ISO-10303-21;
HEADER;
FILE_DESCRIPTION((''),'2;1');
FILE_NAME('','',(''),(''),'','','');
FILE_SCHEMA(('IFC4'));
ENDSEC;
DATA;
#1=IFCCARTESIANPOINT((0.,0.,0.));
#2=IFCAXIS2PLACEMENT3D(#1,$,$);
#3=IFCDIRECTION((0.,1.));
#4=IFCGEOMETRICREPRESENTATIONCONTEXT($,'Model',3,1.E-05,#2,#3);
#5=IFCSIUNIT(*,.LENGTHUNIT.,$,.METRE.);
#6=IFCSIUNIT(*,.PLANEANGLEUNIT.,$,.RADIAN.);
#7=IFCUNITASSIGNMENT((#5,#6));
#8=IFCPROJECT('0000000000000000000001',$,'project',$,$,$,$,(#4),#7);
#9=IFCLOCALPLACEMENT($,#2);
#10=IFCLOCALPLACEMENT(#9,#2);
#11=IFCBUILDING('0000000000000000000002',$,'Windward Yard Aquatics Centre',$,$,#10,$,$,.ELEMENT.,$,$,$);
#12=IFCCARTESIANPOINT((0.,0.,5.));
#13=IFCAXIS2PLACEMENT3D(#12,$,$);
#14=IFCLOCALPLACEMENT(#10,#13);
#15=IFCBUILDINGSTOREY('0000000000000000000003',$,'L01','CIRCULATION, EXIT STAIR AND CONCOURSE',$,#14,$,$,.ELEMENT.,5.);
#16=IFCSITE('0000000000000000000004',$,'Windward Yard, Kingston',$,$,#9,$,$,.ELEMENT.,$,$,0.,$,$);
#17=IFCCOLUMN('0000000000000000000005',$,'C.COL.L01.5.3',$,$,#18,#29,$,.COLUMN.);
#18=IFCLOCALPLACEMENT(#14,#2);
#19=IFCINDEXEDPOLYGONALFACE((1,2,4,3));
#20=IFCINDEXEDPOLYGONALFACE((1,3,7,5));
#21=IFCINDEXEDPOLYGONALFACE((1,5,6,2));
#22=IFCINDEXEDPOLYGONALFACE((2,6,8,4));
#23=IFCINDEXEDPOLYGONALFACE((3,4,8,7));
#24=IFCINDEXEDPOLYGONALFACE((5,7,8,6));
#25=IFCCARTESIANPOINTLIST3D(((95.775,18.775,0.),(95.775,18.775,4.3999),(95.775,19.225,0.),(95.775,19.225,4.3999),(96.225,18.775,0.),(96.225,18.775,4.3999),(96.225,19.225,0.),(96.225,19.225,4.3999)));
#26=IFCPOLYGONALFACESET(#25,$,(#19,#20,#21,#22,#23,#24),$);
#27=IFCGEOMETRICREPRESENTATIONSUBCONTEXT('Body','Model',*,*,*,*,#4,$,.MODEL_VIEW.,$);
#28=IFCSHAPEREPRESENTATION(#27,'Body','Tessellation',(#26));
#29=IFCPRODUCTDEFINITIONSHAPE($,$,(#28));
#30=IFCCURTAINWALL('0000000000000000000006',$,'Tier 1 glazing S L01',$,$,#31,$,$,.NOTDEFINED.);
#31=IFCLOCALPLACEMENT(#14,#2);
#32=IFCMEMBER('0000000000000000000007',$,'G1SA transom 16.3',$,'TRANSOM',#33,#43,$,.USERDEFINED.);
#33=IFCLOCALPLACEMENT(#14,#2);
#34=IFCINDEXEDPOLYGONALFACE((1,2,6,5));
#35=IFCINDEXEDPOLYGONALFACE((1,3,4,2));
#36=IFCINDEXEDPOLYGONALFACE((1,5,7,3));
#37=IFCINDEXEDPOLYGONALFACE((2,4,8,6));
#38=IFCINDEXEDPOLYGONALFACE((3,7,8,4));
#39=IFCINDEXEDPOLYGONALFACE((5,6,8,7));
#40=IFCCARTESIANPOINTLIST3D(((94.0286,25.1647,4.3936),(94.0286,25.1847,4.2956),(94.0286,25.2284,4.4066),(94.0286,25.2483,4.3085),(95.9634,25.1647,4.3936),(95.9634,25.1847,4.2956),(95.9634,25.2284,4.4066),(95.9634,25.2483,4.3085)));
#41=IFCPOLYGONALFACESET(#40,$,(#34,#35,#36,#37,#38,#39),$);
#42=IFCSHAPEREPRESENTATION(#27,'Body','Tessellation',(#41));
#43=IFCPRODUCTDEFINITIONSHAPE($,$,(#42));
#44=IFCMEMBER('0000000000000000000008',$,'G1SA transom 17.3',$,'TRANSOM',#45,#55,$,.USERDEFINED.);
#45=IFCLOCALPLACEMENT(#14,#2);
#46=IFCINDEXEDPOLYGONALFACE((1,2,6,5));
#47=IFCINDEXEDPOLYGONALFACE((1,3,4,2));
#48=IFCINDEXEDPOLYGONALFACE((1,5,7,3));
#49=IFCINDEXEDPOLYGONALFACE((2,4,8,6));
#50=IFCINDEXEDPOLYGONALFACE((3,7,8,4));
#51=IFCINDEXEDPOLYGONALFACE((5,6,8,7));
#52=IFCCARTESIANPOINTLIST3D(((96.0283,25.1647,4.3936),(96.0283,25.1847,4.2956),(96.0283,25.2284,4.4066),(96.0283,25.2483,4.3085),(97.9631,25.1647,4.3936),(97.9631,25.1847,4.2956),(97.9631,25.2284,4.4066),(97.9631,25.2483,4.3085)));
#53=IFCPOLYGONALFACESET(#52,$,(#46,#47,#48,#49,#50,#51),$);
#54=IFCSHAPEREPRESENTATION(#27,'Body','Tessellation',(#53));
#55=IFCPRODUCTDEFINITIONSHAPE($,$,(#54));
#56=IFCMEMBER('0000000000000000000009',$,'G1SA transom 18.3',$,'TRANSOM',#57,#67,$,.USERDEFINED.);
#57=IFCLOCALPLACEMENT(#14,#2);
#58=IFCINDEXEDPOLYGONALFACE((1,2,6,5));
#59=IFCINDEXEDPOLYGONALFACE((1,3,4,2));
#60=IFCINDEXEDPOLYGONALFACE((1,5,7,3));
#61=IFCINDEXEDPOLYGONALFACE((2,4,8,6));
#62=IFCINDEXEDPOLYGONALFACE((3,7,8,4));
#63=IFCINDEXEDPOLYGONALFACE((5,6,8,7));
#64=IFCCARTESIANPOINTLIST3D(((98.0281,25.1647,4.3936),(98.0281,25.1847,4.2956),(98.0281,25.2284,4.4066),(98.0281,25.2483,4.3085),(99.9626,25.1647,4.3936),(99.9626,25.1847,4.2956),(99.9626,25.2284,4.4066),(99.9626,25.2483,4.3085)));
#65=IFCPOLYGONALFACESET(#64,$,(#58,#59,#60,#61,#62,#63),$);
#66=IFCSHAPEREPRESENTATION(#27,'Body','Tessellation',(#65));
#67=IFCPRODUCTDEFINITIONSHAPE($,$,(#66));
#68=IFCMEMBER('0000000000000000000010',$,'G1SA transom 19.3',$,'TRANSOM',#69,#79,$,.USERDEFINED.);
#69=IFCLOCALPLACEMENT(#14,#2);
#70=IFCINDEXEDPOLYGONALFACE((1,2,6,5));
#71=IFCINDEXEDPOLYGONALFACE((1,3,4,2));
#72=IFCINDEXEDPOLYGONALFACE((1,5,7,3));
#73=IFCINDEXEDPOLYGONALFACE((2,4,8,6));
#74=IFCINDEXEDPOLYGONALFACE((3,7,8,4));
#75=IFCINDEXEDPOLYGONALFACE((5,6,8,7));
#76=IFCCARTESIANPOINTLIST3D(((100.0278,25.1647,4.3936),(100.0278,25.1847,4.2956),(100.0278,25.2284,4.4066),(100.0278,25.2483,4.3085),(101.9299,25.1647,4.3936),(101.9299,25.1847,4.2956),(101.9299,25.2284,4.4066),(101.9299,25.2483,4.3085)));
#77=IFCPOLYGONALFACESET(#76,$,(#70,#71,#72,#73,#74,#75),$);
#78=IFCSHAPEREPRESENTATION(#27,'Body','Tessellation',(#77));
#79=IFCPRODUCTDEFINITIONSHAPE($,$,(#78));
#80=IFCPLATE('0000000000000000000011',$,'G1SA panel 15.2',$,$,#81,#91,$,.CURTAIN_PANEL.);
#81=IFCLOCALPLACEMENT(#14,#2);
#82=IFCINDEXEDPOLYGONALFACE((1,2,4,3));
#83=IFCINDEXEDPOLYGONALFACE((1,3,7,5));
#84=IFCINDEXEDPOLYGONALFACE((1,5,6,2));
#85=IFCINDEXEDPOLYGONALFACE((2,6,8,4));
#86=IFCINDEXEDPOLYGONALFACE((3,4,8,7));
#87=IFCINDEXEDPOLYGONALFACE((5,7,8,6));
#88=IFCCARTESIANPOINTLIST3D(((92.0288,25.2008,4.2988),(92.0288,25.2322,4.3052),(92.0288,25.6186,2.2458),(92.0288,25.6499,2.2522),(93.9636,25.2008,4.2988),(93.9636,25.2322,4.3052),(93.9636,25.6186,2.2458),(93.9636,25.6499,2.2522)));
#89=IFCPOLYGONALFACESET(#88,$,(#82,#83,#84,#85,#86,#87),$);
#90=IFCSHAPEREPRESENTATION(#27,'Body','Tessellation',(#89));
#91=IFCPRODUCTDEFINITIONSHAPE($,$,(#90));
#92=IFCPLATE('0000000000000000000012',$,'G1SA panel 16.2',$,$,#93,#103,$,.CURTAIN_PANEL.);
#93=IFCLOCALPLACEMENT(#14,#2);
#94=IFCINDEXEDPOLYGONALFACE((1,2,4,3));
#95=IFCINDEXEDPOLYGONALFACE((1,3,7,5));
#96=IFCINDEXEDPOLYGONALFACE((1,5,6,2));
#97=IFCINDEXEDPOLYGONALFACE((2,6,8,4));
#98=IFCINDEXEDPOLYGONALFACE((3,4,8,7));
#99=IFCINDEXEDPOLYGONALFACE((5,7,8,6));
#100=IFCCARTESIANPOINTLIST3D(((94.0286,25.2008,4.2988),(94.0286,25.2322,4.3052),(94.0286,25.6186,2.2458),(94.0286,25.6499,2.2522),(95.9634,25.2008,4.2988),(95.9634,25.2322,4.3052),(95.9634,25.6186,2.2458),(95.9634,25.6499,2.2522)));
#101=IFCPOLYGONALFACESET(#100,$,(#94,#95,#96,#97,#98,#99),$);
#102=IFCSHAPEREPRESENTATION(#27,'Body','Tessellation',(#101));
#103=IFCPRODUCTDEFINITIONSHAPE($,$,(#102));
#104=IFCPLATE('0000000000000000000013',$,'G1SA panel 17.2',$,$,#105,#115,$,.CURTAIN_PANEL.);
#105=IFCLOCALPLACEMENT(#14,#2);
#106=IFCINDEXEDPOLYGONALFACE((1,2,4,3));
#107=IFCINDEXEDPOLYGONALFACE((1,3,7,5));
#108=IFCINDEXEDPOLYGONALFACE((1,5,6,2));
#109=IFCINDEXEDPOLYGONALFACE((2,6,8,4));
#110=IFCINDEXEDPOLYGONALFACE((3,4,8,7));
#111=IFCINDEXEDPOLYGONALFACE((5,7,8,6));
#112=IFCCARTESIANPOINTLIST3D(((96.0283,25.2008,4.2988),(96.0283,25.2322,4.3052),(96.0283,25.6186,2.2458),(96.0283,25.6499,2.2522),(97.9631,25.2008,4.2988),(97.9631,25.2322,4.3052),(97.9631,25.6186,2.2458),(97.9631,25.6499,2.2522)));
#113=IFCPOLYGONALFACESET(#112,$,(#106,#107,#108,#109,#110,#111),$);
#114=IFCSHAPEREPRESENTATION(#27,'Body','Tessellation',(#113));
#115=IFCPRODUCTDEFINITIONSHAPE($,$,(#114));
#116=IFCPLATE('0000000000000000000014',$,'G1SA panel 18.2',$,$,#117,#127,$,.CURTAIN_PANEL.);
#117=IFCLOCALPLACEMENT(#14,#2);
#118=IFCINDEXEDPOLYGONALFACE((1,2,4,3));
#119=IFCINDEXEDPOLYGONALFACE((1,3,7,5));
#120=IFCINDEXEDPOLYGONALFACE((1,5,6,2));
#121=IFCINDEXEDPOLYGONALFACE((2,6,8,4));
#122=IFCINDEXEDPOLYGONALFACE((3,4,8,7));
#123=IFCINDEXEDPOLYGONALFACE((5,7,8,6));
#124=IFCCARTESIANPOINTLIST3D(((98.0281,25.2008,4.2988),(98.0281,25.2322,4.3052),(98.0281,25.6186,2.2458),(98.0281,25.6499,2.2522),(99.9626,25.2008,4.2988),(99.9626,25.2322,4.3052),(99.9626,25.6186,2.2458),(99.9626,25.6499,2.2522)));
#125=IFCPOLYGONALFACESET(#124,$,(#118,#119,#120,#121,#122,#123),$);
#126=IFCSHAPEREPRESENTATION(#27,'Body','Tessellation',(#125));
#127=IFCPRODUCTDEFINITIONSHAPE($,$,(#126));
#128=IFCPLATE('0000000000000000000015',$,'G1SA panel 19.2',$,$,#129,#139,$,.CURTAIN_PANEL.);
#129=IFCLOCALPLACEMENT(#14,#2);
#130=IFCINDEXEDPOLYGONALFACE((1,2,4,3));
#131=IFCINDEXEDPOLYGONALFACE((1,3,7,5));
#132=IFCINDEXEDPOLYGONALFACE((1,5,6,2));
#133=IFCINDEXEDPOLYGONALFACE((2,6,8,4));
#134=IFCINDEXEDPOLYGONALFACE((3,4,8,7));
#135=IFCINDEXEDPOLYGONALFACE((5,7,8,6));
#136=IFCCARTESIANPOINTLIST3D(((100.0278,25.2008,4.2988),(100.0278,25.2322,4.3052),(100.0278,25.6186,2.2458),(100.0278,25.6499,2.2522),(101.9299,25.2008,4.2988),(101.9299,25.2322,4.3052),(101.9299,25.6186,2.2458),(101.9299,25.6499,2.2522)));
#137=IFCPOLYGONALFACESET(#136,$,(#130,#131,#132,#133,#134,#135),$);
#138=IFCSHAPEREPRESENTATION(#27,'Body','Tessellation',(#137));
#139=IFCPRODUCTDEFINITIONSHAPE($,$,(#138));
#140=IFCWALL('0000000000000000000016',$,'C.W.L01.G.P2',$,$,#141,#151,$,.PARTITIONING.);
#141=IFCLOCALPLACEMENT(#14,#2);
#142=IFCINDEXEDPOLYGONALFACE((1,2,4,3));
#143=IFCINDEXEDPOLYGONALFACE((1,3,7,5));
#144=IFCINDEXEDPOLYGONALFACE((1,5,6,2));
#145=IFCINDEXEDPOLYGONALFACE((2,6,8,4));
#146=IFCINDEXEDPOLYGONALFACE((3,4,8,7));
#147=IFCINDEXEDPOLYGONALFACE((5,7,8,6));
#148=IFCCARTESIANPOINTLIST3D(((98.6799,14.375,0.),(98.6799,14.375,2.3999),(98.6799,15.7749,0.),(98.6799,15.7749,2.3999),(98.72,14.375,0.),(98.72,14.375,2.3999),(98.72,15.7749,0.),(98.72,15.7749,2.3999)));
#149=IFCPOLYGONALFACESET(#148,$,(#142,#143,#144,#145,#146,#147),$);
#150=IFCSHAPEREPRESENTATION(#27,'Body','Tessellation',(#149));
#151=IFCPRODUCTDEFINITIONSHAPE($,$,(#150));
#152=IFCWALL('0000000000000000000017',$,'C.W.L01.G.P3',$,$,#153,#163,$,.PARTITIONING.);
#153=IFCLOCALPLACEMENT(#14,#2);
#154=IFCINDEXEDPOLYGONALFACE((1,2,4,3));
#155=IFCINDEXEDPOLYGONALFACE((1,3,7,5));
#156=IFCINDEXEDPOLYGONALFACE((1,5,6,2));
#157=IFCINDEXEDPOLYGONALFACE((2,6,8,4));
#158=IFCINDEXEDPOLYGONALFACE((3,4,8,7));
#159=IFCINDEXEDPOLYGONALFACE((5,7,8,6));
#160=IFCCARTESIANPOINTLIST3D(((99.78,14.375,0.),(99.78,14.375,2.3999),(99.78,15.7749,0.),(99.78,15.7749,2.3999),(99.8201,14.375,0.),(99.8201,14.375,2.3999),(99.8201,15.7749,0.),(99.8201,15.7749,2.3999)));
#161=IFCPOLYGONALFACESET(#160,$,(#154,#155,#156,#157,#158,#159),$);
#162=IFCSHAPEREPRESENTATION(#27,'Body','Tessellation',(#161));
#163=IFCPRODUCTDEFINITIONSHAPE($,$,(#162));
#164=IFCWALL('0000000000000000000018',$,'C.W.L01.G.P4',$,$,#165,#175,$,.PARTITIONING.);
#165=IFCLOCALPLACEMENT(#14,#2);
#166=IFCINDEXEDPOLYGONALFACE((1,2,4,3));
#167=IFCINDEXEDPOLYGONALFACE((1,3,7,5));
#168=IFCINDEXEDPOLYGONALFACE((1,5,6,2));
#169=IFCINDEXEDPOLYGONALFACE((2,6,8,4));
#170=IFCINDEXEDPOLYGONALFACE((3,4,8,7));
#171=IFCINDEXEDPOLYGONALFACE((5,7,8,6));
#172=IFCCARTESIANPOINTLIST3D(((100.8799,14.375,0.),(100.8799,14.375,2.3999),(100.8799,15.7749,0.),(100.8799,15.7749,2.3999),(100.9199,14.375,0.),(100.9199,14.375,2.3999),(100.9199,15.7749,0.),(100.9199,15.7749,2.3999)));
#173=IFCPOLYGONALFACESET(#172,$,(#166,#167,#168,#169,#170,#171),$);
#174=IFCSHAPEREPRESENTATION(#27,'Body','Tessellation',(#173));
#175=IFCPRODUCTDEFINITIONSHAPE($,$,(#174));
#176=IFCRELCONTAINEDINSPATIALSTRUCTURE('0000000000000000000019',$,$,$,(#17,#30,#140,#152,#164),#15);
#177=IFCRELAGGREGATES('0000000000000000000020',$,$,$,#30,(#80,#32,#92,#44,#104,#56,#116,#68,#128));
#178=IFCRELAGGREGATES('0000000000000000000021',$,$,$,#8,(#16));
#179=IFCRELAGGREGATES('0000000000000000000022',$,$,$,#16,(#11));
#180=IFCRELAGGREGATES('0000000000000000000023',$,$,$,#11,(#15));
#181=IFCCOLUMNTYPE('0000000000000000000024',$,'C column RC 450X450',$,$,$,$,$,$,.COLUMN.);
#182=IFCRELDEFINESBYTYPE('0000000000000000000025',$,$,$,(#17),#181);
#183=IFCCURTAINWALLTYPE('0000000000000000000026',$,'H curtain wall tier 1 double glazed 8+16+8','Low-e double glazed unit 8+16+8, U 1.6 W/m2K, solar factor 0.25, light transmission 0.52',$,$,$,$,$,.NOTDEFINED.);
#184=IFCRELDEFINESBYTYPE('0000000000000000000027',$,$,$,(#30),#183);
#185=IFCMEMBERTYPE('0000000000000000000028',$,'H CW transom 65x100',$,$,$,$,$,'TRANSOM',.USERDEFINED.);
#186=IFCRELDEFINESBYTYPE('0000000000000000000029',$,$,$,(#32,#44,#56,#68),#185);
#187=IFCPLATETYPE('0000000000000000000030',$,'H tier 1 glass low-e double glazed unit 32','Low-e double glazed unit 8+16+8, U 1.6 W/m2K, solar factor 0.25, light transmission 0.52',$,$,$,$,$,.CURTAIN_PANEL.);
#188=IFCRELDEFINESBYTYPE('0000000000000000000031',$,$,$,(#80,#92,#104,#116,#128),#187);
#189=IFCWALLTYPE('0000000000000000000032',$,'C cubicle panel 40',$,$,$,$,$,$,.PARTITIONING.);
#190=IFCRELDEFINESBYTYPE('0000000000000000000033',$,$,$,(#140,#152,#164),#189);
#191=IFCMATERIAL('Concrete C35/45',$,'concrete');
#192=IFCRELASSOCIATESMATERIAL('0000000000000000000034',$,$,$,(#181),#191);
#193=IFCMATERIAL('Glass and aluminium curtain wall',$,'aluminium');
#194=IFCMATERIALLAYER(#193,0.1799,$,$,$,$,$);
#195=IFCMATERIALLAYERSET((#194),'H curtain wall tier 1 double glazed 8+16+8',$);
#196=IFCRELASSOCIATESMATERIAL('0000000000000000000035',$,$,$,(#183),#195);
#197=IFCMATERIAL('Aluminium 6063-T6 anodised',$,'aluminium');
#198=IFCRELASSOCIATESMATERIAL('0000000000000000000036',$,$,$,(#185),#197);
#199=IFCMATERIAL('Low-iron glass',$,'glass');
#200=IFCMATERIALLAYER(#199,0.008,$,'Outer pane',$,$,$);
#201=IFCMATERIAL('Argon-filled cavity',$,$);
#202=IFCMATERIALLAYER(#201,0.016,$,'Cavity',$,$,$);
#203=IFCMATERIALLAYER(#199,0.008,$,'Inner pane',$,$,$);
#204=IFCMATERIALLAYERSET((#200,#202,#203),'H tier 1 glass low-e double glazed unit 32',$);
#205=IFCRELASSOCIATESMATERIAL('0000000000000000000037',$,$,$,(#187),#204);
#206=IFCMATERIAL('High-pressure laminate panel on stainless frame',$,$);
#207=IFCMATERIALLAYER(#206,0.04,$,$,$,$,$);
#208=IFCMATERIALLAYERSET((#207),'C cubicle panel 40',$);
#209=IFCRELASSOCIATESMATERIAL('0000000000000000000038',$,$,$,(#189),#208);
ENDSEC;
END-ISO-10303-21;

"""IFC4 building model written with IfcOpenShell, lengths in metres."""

from ifc_helpers import new_model, si_unit, direction, frame, frame_2d, origin, origin_2d, place, context, subcontext, project, spatial, polyline, rectangle, outline, extrude, material, layer, layer_set, material_profile, profile_set, type_object, element, aggregate, save


model = new_model("IFC4")

# Units and contexts
model_context = context("Model", 3, precision=1e-05, world=origin(), true_north=direction((0.0, 1.0)))
body_context = subcontext(model_context, "Body", "Model", "MODEL_VIEW")
ifc_project = project(units=[si_unit("LENGTHUNIT", "METRE"), si_unit("PLANEANGLEUNIT", "RADIAN")], contexts=[model_context])

# Site, building, storey
site_placement = place(None, origin())
site = spatial("IfcSite", under=ifc_project, at=site_placement, Name="Windward Yard, Kingston", CompositionType="ELEMENT", RefElevation=0.0)
building_placement = place(site_placement, origin())
building = spatial("IfcBuilding", under=site, at=building_placement, Name="Windward Yard Aquatics Centre", CompositionType="ELEMENT")
storey_placement = place(building_placement, frame((0.0, 0.0, 5.0)))
storey = spatial("IfcBuildingStorey", under=building, at=storey_placement, Name="L01", Description="CIRCULATION, EXIT STAIR AND CONCOURSE", CompositionType="ELEMENT", Elevation=5.0)

# Column
ifc_material_1 = material(Name="Concrete C35/45", Category="concrete")
ifc_material_profile_1 = material_profile(ifc_material_1, rectangle(XDim=0.45, YDim=0.45, at=origin_2d()), Name="RC 450X450")
ifc_profile_set_1 = profile_set([ifc_material_profile_1], Name="Concrete C35/45")
column_type = type_object("IfcColumnType", Name="C column RC 450X450", PredefinedType="COLUMN", material=ifc_profile_set_1)
column_placement = place(storey_placement, frame((96.0, 19.0, 0.0), z_axis=(0.0, 0.0, 1.0), x_axis=(1.0, 0.0, 0.0)))
element("IfcColumn", 1, at=column_placement, inside=storey, type_object=column_type, Name="C.COL.L01.5.3", PredefinedType="COLUMN", context=body_context, shape_type="SweptSolid", body=[
    extrude(rectangle(XDim=0.45, YDim=0.45, at=origin_2d()), origin(), (0.0, 0.0, 1.0), 4.3999),
])

# Curtain wall, members, plates
ifc_material_2 = material(Name="Glass and aluminium curtain wall", Category="aluminium")
ifc_layer_1 = layer(ifc_material_2, 0.1799)
ifc_layer_set_1 = layer_set([ifc_layer_1], Name="H curtain wall tier 1 double glazed 8+16+8")
curtain_wall_type = type_object("IfcCurtainWallType", Name="H curtain wall tier 1 double glazed 8+16+8", Description="Low-e double glazed unit 8+16+8, U 1.6 W/m2K, solar factor 0.25, light transmission 0.52", PredefinedType="NOTDEFINED", material=ifc_layer_set_1)
curtain_wall_placement = place(storey_placement, origin())
curtain_wall = element("IfcCurtainWall", 2, at=curtain_wall_placement, inside=storey, type_object=curtain_wall_type, Name="Tier 1 glazing S L01", PredefinedType="NOTDEFINED")
ifc_material_3 = material(Name="Aluminium 6063-T6 anodised", Category="aluminium")
ifc_material_profile_2 = material_profile(ifc_material_3, rectangle(XDim=0.0649, YDim=0.1001, at=origin_2d()), Name="H CW transom 65x100")
ifc_profile_set_2 = profile_set([ifc_material_profile_2], Name="Aluminium 6063-T6 anodised")
member_type = type_object("IfcMemberType", Name="H CW transom 65x100", ElementType="TRANSOM", PredefinedType="USERDEFINED", material=ifc_profile_set_2)
member_1_placement = place(storey_placement, frame((94.0286, 25.2065, 4.3511), z_axis=(1.0, 0.0, 0.0), x_axis=(0.0, 0.979925, 0.199368)))
member_1 = element("IfcMember", 3, at=member_1_placement, type_object=member_type, Name="G1SA transom 16.3", ObjectType="TRANSOM", PredefinedType="USERDEFINED", context=body_context, shape_type="SweptSolid", body=[
    extrude(rectangle(XDim=0.0649, YDim=0.1001, at=origin_2d()), origin(), (0.0, 0.0, 1.0), 1.9348),
])
member_2_placement = place(storey_placement, frame((96.0283, 25.2065, 4.3511), z_axis=(1.0, 0.0, 0.0), x_axis=(0.0, 0.979925, 0.199368)))
member_2 = element("IfcMember", 4, at=member_2_placement, type_object=member_type, Name="G1SA transom 17.3", ObjectType="TRANSOM", PredefinedType="USERDEFINED", context=body_context, shape_type="SweptSolid", body=[
    extrude(rectangle(XDim=0.0649, YDim=0.1001, at=origin_2d()), origin(), (0.0, 0.0, 1.0), 1.9348),
])
member_3_placement = place(storey_placement, frame((98.0281, 25.2065, 4.3511), z_axis=(1.0, 0.0, 0.0), x_axis=(0.0, 0.979925, 0.199368)))
member_3 = element("IfcMember", 5, at=member_3_placement, type_object=member_type, Name="G1SA transom 18.3", ObjectType="TRANSOM", PredefinedType="USERDEFINED", context=body_context, shape_type="SweptSolid", body=[
    extrude(rectangle(XDim=0.0649, YDim=0.1001, at=origin_2d()), origin(), (0.0, 0.0, 1.0), 1.9346),
])
member_4_placement = place(storey_placement, frame((100.0278, 25.2065, 4.3511), z_axis=(1.0, 0.0, 0.0), x_axis=(0.0, 0.979925, 0.199368)))
member_4 = element("IfcMember", 6, at=member_4_placement, type_object=member_type, Name="G1SA transom 19.3", ObjectType="TRANSOM", PredefinedType="USERDEFINED", context=body_context, shape_type="SweptSolid", body=[
    extrude(rectangle(XDim=0.0649, YDim=0.1001, at=origin_2d()), origin(), (0.0, 0.0, 1.0), 1.9021),
])
ifc_material_4 = material(Name="Low-iron glass", Category="glass")
ifc_layer_2 = layer(ifc_material_4, 0.008, Name="Outer pane")
ifc_material_5 = material(Name="Argon-filled cavity")
ifc_layer_3 = layer(ifc_material_5, 0.016, Name="Cavity")
ifc_layer_4 = layer(ifc_material_4, 0.008, Name="Inner pane")
ifc_layer_set_2 = layer_set([ifc_layer_2, ifc_layer_3, ifc_layer_4], Name="H tier 1 glass low-e double glazed unit 32")
plate_type = type_object("IfcPlateType", Name="H tier 1 glass low-e double glazed unit 32", Description="Low-e double glazed unit 8+16+8, U 1.6 W/m2K, solar factor 0.25, light transmission 0.52", PredefinedType="CURTAIN_PANEL", material=ifc_layer_set_2)
plate_1_placement = place(storey_placement, frame((92.0288, 25.2322, 4.3052), z_axis=(0.0, 0.979921, 0.199387), x_axis=(0.0, 0.199387, -0.979921)))
plate_1 = element("IfcPlate", 7, at=plate_1_placement, type_object=plate_type, Name="G1SA panel 15.2", PredefinedType="CURTAIN_PANEL", context=body_context, shape_type="SweptSolid", body=[
    extrude(outline(polyline([(0.0, 0.0), (2.095, 0.0), (2.095, -1.9348), (0.0, -1.9348), (0.0, 0.0)])), origin(), (0.0, 0.0, -1.0), 0.032),
])
plate_2_placement = place(storey_placement, frame((94.0286, 25.2322, 4.3052), z_axis=(0.0, 0.979921, 0.199387), x_axis=(0.0, 0.199387, -0.979921)))
plate_2 = element("IfcPlate", 8, at=plate_2_placement, type_object=plate_type, Name="G1SA panel 16.2", PredefinedType="CURTAIN_PANEL", context=body_context, shape_type="SweptSolid", body=[
    extrude(outline(polyline([(0.0, 0.0), (2.095, 0.0), (2.095, -1.9348), (0.0, -1.9348), (0.0, 0.0)])), origin(), (0.0, 0.0, -1.0), 0.032),
])
plate_3_placement = place(storey_placement, frame((96.0283, 25.2322, 4.3052), z_axis=(0.0, 0.979921, 0.199387), x_axis=(0.0, 0.199387, -0.979921)))
plate_3 = element("IfcPlate", 9, at=plate_3_placement, type_object=plate_type, Name="G1SA panel 17.2", PredefinedType="CURTAIN_PANEL", context=body_context, shape_type="SweptSolid", body=[
    extrude(outline(polyline([(0.0, 0.0), (2.095, 0.0), (2.095, -1.9348), (0.0, -1.9348), (0.0, 0.0)])), origin(), (0.0, 0.0, -1.0), 0.032),
])
plate_4_placement = place(storey_placement, frame((98.0281, 25.2322, 4.3052), z_axis=(0.0, 0.979921, 0.199387), x_axis=(0.0, 0.199387, -0.979921)))
plate_4 = element("IfcPlate", 10, at=plate_4_placement, type_object=plate_type, Name="G1SA panel 18.2", PredefinedType="CURTAIN_PANEL", context=body_context, shape_type="SweptSolid", body=[
    extrude(outline(polyline([(0.0, 0.0), (2.095, 0.0), (2.095, -1.9346), (0.0, -1.9346), (0.0, 0.0)])), origin(), (0.0, 0.0, -1.0), 0.032),
])
plate_5_placement = place(storey_placement, frame((100.0278, 25.2322, 4.3052), z_axis=(0.0, 0.979921, 0.199387), x_axis=(0.0, 0.199387, -0.979921)))
plate_5 = element("IfcPlate", 11, at=plate_5_placement, type_object=plate_type, Name="G1SA panel 19.2", PredefinedType="CURTAIN_PANEL", context=body_context, shape_type="SweptSolid", body=[
    extrude(outline(polyline([(0.0, 0.0), (2.095, 0.0), (2.095, -1.9021), (0.0, -1.9021), (0.0, 0.0)])), origin(), (0.0, 0.0, -1.0), 0.032),
])
aggregate(curtain_wall, [plate_1, member_1, plate_2, member_2, plate_3, member_3, plate_4, member_4, plate_5])

# Walls
ifc_material_6 = material(Name="High-pressure laminate panel on stainless frame")
ifc_layer_5 = layer(ifc_material_6, 0.04)
ifc_layer_set_3 = layer_set([ifc_layer_5], Name="C cubicle panel 40")
wall_type_1 = type_object("IfcWallType", Name="C cubicle panel 40", PredefinedType="PARTITIONING", material=ifc_layer_set_3)
for number, where, z_axis, x_axis, name in (
    (12, (98.7, 14.375, 0.0), (0.0, 0.0, 1.0), (0.0, 1.0, 0.0), "C.W.L01.G.P2"),
    (13, (99.8, 14.375, 0.0), (0.0, 0.0, 1.0), (0.0, 1.0, 0.0), "C.W.L01.G.P3"),
    (14, (100.8999, 14.375, 0.0), (0.0, 0.0, 1.0), (0.0, 1.0, 0.0), "C.W.L01.G.P4"),
):
    element("IfcWall", number, at=place(storey_placement, frame(where, z_axis=z_axis, x_axis=x_axis)), inside=storey, type_object=wall_type_1, Name=name, PredefinedType="PARTITIONING", context=body_context, shape_type="SweptSolid", body=[
        extrude(rectangle(XDim=1.3999, YDim=0.04, at=frame_2d((0.7, 0.0))), origin(), (0.0, 0.0, 1.0), 2.3999),
    ])

save(model, "model.ifc")
